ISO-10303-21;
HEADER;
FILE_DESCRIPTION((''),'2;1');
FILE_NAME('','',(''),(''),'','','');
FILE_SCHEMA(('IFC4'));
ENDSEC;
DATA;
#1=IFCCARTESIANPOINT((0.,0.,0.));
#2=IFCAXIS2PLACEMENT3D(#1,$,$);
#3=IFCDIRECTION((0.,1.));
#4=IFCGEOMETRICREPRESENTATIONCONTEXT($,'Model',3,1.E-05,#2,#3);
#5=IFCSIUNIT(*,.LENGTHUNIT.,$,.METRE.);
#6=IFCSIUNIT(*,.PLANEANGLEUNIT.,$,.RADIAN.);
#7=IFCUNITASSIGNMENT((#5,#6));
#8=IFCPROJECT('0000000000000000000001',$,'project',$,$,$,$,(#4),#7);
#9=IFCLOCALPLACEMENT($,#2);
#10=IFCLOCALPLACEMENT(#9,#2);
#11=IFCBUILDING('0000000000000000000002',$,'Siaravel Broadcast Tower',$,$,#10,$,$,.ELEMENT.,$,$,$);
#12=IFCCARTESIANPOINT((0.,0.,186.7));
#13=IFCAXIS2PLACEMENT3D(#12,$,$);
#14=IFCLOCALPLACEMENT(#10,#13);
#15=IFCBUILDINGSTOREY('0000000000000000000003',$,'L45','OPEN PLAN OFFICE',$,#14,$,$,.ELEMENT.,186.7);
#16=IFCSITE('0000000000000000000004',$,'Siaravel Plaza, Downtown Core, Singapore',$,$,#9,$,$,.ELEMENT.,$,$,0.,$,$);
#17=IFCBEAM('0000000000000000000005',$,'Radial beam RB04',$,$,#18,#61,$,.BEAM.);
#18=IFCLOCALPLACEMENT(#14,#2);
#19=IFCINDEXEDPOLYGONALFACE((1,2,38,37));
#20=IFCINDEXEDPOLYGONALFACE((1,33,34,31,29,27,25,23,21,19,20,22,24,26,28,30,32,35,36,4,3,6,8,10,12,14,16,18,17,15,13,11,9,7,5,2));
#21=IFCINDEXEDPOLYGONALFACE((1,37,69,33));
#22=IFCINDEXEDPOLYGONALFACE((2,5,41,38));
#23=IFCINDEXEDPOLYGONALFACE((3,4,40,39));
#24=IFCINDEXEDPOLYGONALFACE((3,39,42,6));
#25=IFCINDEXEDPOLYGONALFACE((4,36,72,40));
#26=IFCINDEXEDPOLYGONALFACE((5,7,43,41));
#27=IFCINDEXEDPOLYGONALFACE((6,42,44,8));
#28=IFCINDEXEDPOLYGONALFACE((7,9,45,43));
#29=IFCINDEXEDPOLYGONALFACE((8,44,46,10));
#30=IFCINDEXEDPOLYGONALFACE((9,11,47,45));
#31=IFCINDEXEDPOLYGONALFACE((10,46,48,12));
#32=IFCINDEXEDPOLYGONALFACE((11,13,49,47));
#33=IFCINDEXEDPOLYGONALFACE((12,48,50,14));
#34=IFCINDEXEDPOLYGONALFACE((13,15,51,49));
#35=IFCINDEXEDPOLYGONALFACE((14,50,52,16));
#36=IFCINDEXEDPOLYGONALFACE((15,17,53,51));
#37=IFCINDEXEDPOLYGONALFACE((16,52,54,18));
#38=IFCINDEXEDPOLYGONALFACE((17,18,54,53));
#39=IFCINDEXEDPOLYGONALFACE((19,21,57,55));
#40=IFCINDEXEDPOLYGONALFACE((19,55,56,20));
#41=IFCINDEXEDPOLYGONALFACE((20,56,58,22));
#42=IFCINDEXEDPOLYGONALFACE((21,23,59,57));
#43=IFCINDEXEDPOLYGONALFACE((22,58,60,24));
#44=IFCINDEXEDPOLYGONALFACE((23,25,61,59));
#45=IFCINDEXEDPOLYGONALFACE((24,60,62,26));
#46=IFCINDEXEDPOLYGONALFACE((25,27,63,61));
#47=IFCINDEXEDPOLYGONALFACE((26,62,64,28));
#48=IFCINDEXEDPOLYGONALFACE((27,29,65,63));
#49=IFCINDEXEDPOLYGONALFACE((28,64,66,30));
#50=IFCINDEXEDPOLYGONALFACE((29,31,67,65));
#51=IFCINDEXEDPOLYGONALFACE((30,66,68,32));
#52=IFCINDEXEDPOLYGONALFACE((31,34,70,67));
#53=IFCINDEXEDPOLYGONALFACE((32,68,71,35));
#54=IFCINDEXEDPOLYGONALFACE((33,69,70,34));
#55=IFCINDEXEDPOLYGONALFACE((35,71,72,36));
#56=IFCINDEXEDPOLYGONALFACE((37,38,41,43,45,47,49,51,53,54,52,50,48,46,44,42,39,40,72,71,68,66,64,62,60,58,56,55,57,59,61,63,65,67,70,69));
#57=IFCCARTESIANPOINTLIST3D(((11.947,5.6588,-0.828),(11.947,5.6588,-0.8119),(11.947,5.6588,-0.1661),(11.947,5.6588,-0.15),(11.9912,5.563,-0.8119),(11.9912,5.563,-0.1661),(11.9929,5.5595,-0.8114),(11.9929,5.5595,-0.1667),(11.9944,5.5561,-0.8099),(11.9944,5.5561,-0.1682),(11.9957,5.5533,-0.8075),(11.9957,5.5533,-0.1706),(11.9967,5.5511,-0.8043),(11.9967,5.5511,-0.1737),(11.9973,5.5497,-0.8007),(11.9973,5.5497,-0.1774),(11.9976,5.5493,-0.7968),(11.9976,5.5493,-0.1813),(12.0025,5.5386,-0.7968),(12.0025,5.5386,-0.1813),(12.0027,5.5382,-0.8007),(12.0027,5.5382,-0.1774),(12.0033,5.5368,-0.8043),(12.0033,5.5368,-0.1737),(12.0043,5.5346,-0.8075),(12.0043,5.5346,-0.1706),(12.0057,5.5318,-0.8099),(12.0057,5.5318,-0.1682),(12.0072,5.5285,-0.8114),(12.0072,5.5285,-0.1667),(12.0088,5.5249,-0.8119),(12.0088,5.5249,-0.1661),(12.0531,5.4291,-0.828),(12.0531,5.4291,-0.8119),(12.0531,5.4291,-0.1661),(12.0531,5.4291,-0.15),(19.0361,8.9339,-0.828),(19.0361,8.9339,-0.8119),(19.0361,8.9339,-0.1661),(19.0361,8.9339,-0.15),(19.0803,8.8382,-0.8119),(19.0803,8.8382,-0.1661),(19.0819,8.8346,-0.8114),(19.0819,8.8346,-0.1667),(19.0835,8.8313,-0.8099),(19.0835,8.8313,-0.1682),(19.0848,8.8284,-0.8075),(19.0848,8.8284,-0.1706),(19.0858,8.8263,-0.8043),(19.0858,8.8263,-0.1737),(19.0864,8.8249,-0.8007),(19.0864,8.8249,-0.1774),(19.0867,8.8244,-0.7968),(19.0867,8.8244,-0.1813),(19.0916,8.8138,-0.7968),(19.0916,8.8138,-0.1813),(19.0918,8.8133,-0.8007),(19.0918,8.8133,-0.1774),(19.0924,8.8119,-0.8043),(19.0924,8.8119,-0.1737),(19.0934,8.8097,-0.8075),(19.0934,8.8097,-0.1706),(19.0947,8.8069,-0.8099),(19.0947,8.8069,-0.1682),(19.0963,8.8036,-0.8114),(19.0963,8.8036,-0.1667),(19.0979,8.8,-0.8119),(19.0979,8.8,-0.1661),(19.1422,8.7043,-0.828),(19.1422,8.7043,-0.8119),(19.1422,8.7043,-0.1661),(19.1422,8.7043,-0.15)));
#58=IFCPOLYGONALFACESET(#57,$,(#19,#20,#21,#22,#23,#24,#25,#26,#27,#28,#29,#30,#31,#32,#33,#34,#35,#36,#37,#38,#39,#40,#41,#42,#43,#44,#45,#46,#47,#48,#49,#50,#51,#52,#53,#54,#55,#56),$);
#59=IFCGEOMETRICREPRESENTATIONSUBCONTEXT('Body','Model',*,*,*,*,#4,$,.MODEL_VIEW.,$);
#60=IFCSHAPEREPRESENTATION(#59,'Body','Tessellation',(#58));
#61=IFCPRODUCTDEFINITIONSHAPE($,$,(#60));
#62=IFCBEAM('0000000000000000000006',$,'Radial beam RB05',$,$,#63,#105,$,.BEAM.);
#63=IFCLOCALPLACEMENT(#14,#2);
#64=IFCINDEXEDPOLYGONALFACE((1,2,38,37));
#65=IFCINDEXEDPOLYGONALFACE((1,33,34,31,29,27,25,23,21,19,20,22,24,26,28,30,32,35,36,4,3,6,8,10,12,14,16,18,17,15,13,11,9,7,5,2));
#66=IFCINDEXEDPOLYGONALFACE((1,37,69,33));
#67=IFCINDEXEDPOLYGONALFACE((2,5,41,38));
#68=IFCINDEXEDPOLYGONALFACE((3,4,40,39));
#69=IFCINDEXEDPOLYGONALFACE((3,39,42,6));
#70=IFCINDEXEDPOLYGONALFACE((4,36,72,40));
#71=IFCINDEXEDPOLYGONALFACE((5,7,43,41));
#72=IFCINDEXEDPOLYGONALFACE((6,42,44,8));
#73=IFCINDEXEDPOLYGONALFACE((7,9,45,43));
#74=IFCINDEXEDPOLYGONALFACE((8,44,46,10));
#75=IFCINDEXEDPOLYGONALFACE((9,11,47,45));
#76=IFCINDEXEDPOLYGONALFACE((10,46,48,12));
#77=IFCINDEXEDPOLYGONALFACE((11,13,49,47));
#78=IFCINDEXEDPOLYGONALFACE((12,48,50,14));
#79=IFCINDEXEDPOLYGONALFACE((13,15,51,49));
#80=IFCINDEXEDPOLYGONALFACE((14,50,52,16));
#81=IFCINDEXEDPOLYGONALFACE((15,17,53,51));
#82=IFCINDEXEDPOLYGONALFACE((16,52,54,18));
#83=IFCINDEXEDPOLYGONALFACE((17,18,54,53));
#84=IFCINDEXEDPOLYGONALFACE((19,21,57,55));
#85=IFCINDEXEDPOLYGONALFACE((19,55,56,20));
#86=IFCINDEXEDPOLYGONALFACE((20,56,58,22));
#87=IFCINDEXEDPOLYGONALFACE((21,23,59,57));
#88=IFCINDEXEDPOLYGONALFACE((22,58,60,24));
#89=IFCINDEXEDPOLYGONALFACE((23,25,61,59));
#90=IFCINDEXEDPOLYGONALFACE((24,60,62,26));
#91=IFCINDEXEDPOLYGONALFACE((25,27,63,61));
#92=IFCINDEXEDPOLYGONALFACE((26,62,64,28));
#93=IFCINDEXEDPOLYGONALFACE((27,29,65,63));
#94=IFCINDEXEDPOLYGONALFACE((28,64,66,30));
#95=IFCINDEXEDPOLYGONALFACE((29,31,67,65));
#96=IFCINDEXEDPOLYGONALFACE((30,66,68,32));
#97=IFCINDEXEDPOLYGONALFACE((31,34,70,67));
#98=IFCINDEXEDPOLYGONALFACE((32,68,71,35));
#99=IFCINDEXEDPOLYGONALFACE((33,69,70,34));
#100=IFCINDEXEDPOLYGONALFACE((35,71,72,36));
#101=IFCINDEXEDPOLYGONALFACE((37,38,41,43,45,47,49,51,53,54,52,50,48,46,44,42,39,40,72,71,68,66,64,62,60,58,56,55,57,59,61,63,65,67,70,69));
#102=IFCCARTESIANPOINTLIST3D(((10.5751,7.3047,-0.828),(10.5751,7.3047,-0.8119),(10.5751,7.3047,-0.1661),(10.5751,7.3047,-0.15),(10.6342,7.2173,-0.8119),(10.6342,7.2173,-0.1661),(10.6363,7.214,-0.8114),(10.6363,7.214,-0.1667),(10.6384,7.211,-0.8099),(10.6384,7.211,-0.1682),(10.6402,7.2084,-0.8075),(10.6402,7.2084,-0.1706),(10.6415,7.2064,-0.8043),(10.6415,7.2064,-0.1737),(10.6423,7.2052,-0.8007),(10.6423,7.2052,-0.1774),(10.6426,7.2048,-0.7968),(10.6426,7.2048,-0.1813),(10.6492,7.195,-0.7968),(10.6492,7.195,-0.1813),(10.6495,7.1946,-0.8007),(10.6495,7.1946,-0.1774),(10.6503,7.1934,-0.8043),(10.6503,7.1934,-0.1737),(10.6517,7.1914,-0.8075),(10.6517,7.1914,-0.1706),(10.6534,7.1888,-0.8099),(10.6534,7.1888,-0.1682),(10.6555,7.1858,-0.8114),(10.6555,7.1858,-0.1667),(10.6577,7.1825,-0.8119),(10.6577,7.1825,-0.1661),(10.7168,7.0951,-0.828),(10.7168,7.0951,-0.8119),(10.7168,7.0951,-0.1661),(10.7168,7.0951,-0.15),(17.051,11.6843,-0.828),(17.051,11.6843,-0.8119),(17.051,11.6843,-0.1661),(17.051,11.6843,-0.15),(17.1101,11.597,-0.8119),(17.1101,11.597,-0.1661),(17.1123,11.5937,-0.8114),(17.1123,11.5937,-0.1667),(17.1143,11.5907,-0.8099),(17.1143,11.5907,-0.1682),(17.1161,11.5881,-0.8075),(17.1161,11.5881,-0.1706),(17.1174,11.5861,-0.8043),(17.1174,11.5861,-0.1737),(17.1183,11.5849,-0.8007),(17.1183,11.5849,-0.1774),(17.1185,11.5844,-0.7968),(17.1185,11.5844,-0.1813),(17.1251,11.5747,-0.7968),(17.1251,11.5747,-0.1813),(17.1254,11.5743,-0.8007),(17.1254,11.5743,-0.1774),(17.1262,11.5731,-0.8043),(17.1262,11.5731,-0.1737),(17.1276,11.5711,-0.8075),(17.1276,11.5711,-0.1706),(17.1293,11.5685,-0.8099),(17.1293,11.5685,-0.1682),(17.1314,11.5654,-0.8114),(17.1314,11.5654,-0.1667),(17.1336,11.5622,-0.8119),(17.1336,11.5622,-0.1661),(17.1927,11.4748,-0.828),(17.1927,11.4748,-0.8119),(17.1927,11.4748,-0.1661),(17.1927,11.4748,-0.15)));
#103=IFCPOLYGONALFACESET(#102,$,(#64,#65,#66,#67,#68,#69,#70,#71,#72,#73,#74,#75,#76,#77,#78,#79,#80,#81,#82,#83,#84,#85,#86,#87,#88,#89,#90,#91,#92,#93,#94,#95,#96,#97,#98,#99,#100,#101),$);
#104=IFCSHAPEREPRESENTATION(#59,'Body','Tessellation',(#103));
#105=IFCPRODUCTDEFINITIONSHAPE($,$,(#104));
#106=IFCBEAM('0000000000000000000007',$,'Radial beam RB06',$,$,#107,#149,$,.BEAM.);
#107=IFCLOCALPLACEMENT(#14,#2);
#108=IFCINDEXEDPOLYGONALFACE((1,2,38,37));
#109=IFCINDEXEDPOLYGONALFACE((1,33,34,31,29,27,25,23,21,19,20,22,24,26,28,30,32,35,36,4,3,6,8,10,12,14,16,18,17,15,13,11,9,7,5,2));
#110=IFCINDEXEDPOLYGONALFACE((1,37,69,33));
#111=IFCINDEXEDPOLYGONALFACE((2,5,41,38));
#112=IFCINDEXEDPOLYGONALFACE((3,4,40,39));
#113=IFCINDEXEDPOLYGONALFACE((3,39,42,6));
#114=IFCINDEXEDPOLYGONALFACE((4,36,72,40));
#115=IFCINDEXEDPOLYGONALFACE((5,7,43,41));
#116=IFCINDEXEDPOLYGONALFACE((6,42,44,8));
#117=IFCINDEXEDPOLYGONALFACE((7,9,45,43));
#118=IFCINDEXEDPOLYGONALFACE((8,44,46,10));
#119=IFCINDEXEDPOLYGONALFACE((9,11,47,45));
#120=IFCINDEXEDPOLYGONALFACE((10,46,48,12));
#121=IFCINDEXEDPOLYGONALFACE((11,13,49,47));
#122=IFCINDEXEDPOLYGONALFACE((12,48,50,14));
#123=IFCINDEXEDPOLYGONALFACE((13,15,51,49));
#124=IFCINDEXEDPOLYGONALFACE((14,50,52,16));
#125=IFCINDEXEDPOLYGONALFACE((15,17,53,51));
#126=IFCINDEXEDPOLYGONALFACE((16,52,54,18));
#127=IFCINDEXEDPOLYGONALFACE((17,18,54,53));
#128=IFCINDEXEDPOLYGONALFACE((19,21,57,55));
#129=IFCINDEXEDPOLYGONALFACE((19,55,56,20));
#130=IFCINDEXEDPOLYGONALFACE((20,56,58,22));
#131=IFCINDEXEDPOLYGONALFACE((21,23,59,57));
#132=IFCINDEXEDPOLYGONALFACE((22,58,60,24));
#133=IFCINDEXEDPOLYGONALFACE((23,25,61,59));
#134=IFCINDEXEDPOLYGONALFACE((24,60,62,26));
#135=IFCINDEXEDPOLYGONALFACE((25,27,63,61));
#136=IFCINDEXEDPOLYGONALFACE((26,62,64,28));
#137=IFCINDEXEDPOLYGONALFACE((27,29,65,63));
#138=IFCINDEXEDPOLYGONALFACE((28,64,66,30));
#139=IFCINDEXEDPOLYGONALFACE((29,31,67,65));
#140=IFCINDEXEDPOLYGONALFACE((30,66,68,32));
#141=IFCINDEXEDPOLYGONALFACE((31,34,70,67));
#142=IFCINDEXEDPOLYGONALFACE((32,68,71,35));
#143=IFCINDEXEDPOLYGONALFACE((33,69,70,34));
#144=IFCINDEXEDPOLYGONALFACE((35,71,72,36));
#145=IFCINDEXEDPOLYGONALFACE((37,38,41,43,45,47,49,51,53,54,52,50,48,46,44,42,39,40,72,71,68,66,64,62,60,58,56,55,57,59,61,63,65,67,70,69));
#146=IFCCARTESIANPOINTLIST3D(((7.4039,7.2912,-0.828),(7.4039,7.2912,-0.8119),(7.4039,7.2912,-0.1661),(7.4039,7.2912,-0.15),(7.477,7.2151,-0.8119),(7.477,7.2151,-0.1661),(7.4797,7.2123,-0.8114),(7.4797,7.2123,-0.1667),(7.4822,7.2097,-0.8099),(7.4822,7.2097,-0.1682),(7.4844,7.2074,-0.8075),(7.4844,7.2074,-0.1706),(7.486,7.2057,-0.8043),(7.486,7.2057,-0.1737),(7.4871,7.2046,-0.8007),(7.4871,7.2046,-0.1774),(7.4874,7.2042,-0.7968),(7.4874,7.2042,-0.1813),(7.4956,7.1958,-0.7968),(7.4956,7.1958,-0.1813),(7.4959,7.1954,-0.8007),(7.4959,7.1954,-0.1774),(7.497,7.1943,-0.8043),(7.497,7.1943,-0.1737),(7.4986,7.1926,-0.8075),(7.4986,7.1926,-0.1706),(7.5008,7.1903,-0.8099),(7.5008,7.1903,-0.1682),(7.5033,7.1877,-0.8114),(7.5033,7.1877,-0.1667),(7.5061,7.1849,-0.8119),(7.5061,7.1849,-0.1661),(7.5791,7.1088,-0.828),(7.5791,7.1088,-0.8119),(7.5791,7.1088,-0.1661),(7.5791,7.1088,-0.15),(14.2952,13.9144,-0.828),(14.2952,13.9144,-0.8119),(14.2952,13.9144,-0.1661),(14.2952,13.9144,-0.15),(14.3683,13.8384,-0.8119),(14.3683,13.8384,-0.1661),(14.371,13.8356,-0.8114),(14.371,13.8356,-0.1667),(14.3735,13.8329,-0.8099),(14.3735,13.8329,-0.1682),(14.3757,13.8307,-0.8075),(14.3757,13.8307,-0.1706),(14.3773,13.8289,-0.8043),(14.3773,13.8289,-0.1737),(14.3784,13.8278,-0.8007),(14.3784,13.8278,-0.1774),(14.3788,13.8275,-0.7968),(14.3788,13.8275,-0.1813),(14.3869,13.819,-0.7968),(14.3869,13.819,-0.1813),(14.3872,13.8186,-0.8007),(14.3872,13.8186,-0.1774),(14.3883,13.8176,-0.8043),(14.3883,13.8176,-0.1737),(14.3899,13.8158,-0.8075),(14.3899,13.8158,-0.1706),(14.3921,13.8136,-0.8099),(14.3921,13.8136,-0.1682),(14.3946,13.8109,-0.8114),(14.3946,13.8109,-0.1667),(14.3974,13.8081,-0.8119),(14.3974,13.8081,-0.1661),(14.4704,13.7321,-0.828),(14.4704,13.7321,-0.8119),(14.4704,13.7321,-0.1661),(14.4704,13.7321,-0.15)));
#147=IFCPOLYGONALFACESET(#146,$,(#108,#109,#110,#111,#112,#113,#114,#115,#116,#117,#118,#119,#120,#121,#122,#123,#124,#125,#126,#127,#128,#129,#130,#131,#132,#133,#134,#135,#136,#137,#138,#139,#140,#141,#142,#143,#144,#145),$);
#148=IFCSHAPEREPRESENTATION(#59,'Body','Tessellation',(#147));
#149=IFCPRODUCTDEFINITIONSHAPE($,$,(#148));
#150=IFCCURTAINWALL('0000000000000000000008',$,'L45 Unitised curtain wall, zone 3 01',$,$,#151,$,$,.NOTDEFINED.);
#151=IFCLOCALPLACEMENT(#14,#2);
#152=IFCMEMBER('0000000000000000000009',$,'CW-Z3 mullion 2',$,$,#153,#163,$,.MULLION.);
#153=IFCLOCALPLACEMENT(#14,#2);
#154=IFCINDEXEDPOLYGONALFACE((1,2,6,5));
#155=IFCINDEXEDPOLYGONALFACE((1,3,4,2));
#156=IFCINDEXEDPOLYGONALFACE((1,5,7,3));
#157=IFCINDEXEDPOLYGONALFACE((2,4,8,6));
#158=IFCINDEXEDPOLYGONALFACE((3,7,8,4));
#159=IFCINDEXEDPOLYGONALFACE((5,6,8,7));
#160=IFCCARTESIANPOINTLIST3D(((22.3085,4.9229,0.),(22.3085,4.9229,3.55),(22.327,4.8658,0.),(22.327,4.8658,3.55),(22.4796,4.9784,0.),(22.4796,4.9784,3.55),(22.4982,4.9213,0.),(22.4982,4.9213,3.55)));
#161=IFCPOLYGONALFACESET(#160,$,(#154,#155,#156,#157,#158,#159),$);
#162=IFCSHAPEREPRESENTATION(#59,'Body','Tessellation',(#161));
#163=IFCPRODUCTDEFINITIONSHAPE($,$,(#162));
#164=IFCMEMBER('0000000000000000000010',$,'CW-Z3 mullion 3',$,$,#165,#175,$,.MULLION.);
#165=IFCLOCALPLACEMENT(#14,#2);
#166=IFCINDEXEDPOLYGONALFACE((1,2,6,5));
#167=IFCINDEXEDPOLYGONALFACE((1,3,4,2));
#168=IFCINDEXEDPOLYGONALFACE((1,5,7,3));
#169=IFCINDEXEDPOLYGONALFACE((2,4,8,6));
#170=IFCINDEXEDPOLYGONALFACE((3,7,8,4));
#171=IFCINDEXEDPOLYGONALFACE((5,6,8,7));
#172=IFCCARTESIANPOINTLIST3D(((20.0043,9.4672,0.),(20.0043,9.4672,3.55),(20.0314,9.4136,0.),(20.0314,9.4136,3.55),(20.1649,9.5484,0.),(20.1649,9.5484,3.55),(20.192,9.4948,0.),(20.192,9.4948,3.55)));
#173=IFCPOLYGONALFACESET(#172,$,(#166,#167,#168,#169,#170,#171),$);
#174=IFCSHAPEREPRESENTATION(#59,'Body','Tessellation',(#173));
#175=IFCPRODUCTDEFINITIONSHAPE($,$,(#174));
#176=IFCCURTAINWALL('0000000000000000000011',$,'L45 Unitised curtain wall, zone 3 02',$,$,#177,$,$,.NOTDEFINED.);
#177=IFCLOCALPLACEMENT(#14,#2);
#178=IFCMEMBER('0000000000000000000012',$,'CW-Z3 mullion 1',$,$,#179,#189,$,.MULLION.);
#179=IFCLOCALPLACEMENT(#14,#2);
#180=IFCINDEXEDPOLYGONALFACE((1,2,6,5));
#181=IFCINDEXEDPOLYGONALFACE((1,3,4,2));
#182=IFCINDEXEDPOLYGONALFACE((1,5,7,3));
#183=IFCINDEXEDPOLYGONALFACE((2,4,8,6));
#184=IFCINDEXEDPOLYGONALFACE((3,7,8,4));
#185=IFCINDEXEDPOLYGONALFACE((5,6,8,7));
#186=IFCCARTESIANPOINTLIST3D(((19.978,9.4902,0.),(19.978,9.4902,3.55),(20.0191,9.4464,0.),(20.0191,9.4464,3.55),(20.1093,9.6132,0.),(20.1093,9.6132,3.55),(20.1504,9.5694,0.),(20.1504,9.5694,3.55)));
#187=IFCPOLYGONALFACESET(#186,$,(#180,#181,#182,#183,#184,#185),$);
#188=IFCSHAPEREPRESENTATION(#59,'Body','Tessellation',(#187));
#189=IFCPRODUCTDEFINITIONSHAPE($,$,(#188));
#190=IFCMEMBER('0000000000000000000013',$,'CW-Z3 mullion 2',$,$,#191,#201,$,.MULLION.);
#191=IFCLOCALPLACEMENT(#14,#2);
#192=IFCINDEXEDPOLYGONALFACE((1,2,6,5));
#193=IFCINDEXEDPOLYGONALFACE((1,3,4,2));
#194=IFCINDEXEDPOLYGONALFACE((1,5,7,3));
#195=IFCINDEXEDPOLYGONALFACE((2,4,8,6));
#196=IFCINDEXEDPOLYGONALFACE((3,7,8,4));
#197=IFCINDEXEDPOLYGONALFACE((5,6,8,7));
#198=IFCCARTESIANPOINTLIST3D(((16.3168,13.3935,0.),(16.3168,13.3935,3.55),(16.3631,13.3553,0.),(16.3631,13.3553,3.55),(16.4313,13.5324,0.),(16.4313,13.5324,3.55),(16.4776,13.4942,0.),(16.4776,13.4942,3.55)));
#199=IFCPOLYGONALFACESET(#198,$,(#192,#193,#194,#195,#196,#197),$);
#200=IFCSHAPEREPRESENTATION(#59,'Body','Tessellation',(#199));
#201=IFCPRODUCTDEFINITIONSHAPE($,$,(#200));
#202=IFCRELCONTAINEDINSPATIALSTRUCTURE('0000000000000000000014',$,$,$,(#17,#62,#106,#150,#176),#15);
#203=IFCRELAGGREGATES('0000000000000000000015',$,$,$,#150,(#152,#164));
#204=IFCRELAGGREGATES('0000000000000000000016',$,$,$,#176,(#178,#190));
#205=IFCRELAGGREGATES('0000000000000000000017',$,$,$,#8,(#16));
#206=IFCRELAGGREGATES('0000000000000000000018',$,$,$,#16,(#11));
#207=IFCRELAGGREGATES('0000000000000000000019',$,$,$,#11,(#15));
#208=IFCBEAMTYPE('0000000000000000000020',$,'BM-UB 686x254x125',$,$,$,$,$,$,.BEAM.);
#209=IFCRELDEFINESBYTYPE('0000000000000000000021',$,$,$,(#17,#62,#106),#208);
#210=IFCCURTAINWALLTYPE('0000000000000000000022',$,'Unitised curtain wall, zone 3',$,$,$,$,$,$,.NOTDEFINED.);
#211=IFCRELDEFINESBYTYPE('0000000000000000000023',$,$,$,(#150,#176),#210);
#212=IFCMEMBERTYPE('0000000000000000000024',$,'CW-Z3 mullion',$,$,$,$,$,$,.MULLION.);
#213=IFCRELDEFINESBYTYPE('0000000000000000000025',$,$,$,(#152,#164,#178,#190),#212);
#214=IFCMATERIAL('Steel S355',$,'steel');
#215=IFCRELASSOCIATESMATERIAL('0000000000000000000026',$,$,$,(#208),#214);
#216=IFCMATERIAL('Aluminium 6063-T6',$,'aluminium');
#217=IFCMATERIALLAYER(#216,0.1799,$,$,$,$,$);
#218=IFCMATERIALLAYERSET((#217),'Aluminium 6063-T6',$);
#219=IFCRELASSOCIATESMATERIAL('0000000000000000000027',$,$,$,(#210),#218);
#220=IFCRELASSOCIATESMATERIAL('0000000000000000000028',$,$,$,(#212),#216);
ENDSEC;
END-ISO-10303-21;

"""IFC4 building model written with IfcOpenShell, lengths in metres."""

from ifc_helpers import new_model, si_unit, direction, frame, origin, origin_2d, place, context, subcontext, project, spatial, rectangle, i_section, extrude, material, layer, layer_set, material_profile, profile_set, type_object, element, aggregate, save


model = new_model("IFC4")

# Units and contexts
model_context = context("Model", 3, precision=1e-05, world=origin(), true_north=direction((0.0, 1.0)))
body_context = subcontext(model_context, "Body", "Model", "MODEL_VIEW")
ifc_project = project(units=[si_unit("LENGTHUNIT", "METRE"), si_unit("PLANEANGLEUNIT", "RADIAN")], contexts=[model_context])

# Site, building, storey
site_placement = place(None, origin())
site = spatial("IfcSite", under=ifc_project, at=site_placement, Name="Siaravel Plaza, Downtown Core, Singapore", CompositionType="ELEMENT", RefElevation=0.0)
building_placement = place(site_placement, origin())
building = spatial("IfcBuilding", under=site, at=building_placement, Name="Siaravel Broadcast Tower", CompositionType="ELEMENT")
storey_placement = place(building_placement, frame((0.0, 0.0, 186.7)))
storey = spatial("IfcBuildingStorey", under=building, at=storey_placement, Name="L45", Description="OPEN PLAN OFFICE", CompositionType="ELEMENT", Elevation=186.7)

# Beams
ifc_material_1 = material(Name="Steel S355", Category="steel")
ifc_material_profile_1 = material_profile(ifc_material_1, i_section(OverallWidth=0.2529, OverallDepth=0.678, WebThickness=0.0117, FlangeThickness=0.0161, FilletRadius=0.0151, at=origin_2d()))
ifc_profile_set_1 = profile_set([ifc_material_profile_1], Name="Steel S355")
beam_type = type_object("IfcBeamType", Name="BM-UB 686x254x125", PredefinedType="BEAM", material=ifc_profile_set_1)
beam_1_placement = place(storey_placement, frame((19.0891, 8.8191, -0.489), z_axis=(-0.907801, -0.419401, 0.0), x_axis=(0.419401, -0.907801, 0.0)))
element("IfcBeam", 1, at=beam_1_placement, inside=storey, type_object=beam_type, Name="Radial beam RB04", PredefinedType="BEAM", context=body_context, shape_type="SweptSolid", body=[
    extrude(i_section(OverallWidth=0.2529, OverallDepth=0.678, WebThickness=0.0117, FlangeThickness=0.0161, FilletRadius=0.0151, at=origin_2d()), origin(), (0.0, 0.0, 1.0), 7.8091),
])
beam_2_placement = place(storey_placement, frame((17.1218, 11.5796, -0.489), z_axis=(-0.828347, -0.560215, 0.0), x_axis=(0.560215, -0.828347, 0.0)))
element("IfcBeam", 2, at=beam_2_placement, inside=storey, type_object=beam_type, Name="Radial beam RB05", PredefinedType="BEAM", context=body_context, shape_type="SweptSolid", body=[
    extrude(i_section(OverallWidth=0.2529, OverallDepth=0.678, WebThickness=0.0117, FlangeThickness=0.0161, FilletRadius=0.0151, at=origin_2d()), origin(), (0.0, 0.0, 1.0), 7.8179),
])
beam_3_placement = place(storey_placement, frame((14.3828, 13.8232, -0.489), z_axis=(-0.720991, -0.692945, 0.0), x_axis=(0.692945, -0.720991, 0.0)))
element("IfcBeam", 3, at=beam_3_placement, inside=storey, type_object=beam_type, Name="Radial beam RB06", PredefinedType="BEAM", context=body_context, shape_type="SweptSolid", body=[
    extrude(i_section(OverallWidth=0.2529, OverallDepth=0.678, WebThickness=0.0117, FlangeThickness=0.0161, FilletRadius=0.0151, at=origin_2d()), origin(), (0.0, 0.0, 1.0), 9.5581),
])

# Curtain walls, members
ifc_material_2 = material(Name="Aluminium 6063-T6", Category="aluminium")
ifc_layer_1 = layer(ifc_material_2, 0.1799)
ifc_layer_set_1 = layer_set([ifc_layer_1], Name="Aluminium 6063-T6")
curtain_wall_type = type_object("IfcCurtainWallType", Name="Unitised curtain wall, zone 3", PredefinedType="NOTDEFINED", material=ifc_layer_set_1)
curtain_wall_1_placement = place(storey_placement, origin())
curtain_wall_1 = element("IfcCurtainWall", 4, at=curtain_wall_1_placement, inside=storey, type_object=curtain_wall_type, Name="L45 Unitised curtain wall, zone 3 01", PredefinedType="NOTDEFINED")
ifc_material_profile_2 = material_profile(ifc_material_2, rectangle(XDim=0.1799, YDim=0.0601, at=origin_2d()))
ifc_profile_set_2 = profile_set([ifc_material_profile_2], Name="Aluminium 6063-T6")
member_type_1 = type_object("IfcMemberType", Name="CW-Z3 mullion", PredefinedType="MULLION", material=ifc_profile_set_2)
member_1_placement = place(storey_placement, frame((22.4033, 4.9221, 0.0), z_axis=(0.0, 0.0, 1.0), x_axis=(-0.951177, -0.308645, 0.0)))
member_1 = element("IfcMember", 5, at=member_1_placement, type_object=member_type_1, Name="CW-Z3 mullion 2", PredefinedType="MULLION", context=body_context, shape_type="SweptSolid", body=[
    extrude(rectangle(XDim=0.1799, YDim=0.0601, at=origin_2d()), origin(), (0.0, 0.0, 1.0), 3.55),
])
member_2_placement = place(storey_placement, frame((20.0981, 9.481, 0.0), z_axis=(0.0, 0.0, 1.0), x_axis=(-0.892392, -0.451261, 0.0)))
member_2 = element("IfcMember", 6, at=member_2_placement, type_object=member_type_1, Name="CW-Z3 mullion 3", PredefinedType="MULLION", context=body_context, shape_type="SweptSolid", body=[
    extrude(rectangle(XDim=0.1799, YDim=0.0601, at=origin_2d()), origin(), (0.0, 0.0, 1.0), 3.55),
])
curtain_wall_2_placement = place(storey_placement, origin())
curtain_wall_2 = element("IfcCurtainWall", 7, at=curtain_wall_2_placement, inside=storey, type_object=curtain_wall_type, Name="L45 Unitised curtain wall, zone 3 02", PredefinedType="NOTDEFINED")
member_3_placement = place(storey_placement, frame((20.0642, 9.5298, 0.0), z_axis=(0.0, 0.0, 1.0), x_axis=(-0.729805, -0.683655, 0.0)))
member_3 = element("IfcMember", 8, at=member_3_placement, type_object=member_type_1, Name="CW-Z3 mullion 1", PredefinedType="MULLION", context=body_context, shape_type="SweptSolid", body=[
    extrude(rectangle(XDim=0.1799, YDim=0.0601, at=origin_2d()), origin(), (0.0, 0.0, 1.0), 3.55),
])
member_4_placement = place(storey_placement, frame((16.3972, 13.4438, 0.0), z_axis=(0.0, 0.0, 1.0), x_axis=(-0.636218, -0.771509, 0.0)))
member_4 = element("IfcMember", 9, at=member_4_placement, type_object=member_type_1, Name="CW-Z3 mullion 2", PredefinedType="MULLION", context=body_context, shape_type="SweptSolid", body=[
    extrude(rectangle(XDim=0.1799, YDim=0.0601, at=origin_2d()), origin(), (0.0, 0.0, 1.0), 3.55),
])

aggregate(curtain_wall_1, [member_1, member_2])
aggregate(curtain_wall_2, [member_3, member_4])

save(model, "model.ifc")
